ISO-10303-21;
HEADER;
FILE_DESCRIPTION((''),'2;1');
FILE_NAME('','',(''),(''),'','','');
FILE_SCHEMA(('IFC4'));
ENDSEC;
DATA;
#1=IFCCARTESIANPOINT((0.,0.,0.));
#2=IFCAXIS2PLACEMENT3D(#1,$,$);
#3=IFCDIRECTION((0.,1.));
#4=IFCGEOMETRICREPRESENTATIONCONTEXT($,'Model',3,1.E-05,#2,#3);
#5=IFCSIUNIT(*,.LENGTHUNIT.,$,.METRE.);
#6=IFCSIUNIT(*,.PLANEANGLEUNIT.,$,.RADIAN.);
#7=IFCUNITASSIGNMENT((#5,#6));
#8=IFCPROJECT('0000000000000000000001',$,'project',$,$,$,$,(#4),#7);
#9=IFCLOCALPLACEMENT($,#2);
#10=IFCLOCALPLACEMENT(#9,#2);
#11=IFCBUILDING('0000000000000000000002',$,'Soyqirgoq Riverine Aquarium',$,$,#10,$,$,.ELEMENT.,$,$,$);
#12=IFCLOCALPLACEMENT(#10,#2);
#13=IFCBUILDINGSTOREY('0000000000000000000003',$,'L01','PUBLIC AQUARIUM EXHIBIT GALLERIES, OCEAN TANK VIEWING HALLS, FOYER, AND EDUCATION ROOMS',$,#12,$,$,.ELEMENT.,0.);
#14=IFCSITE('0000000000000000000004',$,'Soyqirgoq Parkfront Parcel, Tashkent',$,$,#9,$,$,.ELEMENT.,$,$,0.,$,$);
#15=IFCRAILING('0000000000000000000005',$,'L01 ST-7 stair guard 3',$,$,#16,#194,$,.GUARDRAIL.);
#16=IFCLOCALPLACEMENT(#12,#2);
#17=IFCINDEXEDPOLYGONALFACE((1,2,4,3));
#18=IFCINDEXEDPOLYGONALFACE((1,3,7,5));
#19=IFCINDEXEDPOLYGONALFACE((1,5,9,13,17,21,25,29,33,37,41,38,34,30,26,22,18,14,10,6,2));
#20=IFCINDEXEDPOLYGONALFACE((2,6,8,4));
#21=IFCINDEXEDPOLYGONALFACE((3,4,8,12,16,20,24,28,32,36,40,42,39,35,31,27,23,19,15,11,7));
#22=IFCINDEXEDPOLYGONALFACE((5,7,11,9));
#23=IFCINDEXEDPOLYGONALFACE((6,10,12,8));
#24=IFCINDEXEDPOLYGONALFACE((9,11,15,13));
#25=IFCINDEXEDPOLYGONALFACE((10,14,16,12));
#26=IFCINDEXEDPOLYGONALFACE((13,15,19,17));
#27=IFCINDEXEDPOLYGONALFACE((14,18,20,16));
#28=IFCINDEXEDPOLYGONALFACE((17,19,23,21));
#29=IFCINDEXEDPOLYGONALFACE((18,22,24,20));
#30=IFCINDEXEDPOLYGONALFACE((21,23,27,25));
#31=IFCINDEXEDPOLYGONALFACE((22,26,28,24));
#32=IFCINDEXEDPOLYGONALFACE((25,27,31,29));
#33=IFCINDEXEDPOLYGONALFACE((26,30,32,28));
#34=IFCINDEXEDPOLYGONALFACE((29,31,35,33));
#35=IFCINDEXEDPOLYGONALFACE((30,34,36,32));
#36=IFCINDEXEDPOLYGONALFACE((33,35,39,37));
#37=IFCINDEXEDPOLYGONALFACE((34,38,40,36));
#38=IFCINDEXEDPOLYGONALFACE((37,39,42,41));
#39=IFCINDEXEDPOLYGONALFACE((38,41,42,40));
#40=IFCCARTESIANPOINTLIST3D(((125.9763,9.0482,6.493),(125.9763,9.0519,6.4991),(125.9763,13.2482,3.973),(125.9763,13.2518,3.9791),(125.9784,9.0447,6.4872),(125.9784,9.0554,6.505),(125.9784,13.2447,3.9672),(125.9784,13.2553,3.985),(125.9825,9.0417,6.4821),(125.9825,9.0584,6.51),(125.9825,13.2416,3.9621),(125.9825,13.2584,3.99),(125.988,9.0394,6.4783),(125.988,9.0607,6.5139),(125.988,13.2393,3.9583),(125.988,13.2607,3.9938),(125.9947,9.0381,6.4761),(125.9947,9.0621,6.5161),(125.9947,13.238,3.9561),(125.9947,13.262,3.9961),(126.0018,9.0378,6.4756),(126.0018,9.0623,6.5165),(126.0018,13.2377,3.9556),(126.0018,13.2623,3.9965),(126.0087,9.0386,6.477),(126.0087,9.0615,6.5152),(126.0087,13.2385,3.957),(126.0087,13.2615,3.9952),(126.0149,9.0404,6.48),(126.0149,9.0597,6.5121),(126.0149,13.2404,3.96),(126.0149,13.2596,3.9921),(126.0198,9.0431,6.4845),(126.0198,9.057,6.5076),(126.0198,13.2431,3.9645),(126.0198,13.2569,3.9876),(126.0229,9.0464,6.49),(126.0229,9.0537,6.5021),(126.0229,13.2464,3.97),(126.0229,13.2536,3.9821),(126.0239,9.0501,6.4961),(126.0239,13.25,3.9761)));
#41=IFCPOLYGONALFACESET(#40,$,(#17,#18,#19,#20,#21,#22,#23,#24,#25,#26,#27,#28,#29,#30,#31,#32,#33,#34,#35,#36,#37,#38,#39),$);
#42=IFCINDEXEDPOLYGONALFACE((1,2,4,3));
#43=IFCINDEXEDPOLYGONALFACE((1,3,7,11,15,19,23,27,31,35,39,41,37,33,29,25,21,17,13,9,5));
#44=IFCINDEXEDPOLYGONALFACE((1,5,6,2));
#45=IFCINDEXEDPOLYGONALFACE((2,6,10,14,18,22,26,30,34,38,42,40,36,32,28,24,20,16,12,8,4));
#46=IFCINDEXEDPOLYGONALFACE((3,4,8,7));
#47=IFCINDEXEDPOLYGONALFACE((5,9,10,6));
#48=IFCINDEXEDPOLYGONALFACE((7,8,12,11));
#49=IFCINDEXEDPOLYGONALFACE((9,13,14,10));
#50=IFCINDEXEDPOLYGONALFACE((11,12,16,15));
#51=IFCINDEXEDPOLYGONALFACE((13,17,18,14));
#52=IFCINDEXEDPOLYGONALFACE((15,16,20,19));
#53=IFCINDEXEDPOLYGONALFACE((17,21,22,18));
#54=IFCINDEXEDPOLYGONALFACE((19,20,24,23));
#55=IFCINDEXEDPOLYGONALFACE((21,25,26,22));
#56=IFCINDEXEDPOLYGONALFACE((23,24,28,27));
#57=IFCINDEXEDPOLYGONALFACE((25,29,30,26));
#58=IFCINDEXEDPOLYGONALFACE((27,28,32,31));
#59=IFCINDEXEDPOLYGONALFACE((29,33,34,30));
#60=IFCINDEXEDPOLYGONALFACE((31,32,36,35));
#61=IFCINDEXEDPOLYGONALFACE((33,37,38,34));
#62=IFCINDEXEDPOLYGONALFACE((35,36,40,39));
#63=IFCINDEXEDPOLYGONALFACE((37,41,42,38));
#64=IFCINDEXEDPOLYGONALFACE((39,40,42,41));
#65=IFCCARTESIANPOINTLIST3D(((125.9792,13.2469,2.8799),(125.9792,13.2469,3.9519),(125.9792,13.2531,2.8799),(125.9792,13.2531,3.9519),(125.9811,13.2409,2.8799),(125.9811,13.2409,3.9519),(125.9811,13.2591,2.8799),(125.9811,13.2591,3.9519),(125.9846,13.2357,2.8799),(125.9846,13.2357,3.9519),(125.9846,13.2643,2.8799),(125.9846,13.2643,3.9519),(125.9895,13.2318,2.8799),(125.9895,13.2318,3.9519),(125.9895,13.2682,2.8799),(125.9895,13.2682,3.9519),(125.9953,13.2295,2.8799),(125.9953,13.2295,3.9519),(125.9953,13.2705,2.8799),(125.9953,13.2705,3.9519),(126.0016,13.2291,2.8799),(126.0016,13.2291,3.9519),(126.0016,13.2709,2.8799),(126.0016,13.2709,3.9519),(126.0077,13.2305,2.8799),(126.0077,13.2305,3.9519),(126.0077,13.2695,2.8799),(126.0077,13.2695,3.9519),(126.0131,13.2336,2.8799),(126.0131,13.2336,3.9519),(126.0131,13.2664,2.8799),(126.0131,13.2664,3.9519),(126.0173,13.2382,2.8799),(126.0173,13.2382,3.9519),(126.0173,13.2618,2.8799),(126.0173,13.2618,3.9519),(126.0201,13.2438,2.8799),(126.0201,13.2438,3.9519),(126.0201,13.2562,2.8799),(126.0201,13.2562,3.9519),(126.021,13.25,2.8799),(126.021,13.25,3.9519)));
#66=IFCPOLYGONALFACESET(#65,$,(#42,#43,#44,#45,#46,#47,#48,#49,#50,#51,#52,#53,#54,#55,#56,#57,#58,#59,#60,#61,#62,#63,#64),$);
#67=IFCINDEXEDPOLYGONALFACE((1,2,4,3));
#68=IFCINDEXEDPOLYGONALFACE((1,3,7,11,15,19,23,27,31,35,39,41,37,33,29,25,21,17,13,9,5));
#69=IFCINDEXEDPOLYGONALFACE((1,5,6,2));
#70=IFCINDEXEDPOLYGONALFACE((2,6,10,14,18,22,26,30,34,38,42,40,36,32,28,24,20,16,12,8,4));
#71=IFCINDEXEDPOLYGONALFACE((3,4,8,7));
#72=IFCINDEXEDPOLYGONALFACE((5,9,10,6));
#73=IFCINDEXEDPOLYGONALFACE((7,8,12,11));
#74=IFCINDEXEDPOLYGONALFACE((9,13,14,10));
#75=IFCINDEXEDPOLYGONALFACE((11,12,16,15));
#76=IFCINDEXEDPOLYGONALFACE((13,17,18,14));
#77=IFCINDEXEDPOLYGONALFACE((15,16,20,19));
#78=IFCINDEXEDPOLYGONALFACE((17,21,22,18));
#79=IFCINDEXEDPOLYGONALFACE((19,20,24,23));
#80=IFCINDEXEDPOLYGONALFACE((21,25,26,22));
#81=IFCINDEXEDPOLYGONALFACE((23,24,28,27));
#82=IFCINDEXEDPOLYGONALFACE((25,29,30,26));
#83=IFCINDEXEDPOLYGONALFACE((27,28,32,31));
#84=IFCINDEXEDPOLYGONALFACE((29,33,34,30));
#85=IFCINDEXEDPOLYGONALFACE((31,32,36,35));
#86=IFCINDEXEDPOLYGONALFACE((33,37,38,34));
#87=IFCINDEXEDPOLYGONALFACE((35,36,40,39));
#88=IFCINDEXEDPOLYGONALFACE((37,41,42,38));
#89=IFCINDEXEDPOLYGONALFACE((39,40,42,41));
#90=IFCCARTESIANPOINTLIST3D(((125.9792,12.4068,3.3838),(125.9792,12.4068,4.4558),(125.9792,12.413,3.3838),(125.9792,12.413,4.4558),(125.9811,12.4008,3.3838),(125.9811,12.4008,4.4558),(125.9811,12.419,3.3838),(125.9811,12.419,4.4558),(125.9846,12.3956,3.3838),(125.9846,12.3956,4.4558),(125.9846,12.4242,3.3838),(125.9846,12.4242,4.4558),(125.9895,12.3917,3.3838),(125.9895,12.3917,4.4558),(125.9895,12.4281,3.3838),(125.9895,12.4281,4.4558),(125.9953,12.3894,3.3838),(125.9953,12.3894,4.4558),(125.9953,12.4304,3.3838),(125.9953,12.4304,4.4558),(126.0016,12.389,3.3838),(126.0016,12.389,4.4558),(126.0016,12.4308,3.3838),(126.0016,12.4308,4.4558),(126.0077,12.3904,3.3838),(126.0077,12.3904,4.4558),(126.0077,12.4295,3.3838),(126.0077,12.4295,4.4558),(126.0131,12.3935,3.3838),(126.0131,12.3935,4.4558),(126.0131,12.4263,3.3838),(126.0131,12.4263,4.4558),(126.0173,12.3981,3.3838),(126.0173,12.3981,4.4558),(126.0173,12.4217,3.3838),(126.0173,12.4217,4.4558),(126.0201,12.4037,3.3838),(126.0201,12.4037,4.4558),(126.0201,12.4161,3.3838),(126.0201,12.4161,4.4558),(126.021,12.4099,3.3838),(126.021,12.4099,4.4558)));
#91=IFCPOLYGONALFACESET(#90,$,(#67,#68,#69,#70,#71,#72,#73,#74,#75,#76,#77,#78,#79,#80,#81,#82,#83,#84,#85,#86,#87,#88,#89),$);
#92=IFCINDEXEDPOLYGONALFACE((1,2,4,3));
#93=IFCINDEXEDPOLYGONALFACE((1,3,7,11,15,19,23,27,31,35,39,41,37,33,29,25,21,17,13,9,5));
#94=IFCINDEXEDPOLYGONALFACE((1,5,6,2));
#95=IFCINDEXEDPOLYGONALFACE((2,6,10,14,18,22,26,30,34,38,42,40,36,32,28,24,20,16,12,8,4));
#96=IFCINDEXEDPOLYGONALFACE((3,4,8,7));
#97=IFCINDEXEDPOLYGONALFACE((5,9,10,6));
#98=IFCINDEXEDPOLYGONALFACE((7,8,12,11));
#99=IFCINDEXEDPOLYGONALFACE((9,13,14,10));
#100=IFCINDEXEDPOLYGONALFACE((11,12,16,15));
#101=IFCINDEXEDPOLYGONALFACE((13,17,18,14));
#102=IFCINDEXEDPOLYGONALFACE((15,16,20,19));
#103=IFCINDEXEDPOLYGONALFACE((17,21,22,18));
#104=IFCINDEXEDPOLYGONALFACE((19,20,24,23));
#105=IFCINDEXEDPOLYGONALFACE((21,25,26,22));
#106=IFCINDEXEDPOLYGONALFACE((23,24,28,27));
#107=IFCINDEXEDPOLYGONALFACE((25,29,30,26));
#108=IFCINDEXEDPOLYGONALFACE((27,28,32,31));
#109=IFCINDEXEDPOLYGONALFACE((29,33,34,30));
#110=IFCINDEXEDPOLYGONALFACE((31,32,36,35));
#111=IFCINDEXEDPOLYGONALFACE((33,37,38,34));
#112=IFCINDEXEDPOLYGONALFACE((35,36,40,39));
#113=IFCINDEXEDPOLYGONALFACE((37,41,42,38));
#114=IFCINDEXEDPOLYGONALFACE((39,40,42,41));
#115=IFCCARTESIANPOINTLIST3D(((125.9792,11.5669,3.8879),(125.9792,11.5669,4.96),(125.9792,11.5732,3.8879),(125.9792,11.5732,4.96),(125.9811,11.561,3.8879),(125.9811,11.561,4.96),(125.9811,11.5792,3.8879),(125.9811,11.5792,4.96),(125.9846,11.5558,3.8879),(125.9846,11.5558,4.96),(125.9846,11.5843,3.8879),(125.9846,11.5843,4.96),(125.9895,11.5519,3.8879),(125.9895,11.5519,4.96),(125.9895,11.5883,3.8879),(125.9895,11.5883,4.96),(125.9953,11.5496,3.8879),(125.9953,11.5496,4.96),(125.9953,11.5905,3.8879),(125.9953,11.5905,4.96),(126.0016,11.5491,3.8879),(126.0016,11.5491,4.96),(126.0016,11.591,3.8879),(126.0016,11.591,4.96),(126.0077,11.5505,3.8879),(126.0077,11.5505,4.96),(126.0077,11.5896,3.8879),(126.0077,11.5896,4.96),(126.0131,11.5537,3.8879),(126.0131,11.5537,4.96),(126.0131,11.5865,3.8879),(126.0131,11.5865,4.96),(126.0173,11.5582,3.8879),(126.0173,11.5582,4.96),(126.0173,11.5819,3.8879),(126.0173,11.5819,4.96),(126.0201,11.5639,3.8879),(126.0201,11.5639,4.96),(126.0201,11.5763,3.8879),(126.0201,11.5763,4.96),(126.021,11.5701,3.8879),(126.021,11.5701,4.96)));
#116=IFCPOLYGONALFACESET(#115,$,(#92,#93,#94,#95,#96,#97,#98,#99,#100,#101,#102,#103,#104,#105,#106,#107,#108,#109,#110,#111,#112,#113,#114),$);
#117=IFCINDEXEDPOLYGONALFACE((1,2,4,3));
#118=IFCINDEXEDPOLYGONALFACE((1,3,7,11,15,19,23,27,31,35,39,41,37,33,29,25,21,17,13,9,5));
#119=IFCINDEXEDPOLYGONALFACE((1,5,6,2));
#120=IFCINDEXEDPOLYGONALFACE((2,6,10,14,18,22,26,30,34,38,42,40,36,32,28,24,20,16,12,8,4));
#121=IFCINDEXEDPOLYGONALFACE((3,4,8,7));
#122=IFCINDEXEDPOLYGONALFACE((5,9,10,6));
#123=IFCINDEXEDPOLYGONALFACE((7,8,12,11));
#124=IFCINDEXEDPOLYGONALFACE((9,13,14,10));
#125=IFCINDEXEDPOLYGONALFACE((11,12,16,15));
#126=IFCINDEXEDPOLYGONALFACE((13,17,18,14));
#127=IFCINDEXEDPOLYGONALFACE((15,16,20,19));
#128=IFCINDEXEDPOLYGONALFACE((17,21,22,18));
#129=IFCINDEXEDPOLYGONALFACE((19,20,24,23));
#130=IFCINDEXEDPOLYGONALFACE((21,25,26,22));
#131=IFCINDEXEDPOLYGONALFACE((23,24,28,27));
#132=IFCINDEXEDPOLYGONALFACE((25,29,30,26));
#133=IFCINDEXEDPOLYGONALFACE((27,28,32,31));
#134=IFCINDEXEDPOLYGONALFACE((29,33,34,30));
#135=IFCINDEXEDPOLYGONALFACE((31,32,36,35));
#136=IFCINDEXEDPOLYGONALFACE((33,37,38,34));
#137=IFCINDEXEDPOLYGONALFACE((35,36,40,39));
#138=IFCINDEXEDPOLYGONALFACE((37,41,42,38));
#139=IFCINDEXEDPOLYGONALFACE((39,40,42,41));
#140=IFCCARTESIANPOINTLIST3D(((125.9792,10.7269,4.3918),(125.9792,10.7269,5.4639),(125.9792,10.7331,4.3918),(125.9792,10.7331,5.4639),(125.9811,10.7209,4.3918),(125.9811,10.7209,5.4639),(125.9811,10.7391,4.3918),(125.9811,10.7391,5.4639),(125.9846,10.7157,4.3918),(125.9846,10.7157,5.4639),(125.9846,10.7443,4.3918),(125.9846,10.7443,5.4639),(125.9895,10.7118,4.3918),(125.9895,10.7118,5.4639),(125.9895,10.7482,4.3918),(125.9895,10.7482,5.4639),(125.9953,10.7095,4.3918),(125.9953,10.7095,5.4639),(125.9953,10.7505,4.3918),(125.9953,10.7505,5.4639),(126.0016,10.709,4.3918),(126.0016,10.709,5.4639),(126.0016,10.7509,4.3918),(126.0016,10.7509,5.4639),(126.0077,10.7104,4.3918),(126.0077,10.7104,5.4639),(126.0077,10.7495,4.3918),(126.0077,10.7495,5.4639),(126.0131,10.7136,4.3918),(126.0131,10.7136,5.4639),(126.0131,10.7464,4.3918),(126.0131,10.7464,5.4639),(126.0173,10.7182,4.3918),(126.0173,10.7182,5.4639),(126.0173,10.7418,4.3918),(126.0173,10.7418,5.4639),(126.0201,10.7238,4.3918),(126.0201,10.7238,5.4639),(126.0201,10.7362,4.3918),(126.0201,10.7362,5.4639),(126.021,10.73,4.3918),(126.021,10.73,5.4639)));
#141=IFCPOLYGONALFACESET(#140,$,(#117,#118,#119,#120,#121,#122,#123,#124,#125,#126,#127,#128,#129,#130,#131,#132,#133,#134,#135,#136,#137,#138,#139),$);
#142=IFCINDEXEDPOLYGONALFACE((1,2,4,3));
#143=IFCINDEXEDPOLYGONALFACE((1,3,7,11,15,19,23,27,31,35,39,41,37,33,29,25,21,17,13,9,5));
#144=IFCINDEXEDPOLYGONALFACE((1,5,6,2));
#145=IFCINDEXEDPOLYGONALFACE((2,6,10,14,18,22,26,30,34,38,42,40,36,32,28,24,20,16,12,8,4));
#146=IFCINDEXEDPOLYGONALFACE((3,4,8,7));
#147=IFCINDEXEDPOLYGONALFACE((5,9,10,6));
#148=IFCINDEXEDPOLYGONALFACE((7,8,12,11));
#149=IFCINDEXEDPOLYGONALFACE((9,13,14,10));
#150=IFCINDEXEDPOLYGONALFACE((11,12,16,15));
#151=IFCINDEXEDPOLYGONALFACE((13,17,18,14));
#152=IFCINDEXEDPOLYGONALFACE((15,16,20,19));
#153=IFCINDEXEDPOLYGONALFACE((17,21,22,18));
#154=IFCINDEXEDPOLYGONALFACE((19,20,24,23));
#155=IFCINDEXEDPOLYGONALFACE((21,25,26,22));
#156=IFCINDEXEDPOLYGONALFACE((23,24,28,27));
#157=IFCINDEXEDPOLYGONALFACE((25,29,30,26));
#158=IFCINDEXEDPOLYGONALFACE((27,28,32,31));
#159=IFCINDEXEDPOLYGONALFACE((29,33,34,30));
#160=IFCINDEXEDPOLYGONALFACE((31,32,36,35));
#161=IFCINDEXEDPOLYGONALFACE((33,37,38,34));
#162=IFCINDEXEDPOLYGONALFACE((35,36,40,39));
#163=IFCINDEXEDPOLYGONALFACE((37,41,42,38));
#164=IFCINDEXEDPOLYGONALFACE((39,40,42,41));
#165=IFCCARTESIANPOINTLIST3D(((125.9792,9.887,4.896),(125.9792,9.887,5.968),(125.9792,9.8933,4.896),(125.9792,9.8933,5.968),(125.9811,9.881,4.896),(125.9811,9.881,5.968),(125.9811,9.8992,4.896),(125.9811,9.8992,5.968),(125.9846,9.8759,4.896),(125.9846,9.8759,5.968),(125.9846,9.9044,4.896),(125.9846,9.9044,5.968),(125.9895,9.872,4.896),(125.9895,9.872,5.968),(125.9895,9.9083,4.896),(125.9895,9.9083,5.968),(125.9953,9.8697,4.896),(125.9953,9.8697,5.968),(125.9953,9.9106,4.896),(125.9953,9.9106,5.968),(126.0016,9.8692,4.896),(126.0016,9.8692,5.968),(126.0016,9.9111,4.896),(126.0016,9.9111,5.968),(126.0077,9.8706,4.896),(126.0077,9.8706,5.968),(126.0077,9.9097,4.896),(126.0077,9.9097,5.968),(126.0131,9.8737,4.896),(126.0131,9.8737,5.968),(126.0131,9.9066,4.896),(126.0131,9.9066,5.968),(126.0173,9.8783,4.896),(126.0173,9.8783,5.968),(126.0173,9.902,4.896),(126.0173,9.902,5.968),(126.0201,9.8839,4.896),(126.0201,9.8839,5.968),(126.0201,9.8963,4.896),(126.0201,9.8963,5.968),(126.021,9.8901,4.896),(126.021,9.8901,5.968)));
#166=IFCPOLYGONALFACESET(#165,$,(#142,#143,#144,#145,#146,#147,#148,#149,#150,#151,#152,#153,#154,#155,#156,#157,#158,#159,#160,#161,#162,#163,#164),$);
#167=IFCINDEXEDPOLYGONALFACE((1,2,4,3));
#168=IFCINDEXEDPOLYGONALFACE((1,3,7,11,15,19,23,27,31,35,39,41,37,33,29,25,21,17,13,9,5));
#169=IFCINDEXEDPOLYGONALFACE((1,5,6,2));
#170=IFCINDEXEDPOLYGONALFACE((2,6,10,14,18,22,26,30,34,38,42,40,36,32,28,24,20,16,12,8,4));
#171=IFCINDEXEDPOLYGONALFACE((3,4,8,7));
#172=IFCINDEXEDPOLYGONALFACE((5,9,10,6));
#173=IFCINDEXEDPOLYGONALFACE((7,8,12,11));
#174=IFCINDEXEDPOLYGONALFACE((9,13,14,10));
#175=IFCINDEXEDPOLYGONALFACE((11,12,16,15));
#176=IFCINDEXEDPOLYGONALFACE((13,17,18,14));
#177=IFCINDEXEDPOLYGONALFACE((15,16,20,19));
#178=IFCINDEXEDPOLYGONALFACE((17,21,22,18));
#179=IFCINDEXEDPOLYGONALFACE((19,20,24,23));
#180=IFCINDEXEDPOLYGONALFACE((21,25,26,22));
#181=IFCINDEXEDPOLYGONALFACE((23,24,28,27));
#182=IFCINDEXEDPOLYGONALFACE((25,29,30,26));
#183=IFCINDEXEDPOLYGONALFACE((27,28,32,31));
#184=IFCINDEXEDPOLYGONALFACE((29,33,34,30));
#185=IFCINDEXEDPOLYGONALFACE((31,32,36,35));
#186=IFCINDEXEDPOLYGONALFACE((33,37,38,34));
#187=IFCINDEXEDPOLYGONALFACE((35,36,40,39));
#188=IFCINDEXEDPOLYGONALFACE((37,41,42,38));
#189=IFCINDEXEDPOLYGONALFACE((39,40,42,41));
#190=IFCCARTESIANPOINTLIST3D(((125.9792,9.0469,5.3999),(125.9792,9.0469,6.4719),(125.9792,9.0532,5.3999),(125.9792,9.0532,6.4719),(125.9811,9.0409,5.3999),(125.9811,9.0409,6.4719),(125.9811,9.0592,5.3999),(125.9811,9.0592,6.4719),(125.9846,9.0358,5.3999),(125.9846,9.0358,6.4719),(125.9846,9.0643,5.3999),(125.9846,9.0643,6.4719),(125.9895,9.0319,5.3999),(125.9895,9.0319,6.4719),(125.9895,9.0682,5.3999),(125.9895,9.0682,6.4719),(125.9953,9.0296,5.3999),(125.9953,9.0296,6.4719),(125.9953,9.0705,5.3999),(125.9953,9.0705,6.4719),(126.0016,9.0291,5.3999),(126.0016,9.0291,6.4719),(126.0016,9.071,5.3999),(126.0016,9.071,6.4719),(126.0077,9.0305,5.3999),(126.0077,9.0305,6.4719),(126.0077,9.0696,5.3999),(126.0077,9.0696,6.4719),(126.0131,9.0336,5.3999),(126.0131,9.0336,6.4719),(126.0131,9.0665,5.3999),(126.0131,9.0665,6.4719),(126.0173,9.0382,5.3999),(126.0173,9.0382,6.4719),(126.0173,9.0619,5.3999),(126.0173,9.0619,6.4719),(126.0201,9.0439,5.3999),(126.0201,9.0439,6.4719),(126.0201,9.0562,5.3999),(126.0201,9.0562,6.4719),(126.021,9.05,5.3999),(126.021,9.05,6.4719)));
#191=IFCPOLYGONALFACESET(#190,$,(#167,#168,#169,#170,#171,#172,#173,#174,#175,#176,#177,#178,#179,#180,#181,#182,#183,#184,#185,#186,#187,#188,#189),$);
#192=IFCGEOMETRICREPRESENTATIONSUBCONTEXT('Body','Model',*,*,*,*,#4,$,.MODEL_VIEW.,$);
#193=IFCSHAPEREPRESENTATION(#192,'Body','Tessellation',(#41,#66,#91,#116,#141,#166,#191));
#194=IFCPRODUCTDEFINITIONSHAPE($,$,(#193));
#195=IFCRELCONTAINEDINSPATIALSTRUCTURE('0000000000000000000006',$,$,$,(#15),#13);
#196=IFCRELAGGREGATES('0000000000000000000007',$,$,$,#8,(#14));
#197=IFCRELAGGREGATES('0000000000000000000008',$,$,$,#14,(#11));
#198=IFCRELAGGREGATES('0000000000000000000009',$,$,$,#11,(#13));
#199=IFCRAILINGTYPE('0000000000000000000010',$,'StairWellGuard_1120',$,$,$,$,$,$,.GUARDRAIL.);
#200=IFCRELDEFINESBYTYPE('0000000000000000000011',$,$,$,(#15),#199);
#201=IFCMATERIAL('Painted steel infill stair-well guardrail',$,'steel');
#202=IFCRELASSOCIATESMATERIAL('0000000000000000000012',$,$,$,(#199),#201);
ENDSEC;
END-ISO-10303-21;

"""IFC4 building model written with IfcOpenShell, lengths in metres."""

from ifc_helpers import new_model, si_unit, direction, frame, origin, origin_2d, place, context, subcontext, project, spatial, circle, extrude, material, type_object, element, save


model = new_model("IFC4")

# Units and contexts
model_context = context("Model", 3, precision=1e-05, world=origin(), true_north=direction((0.0, 1.0)))
body_context = subcontext(model_context, "Body", "Model", "MODEL_VIEW")
ifc_project = project(units=[si_unit("LENGTHUNIT", "METRE"), si_unit("PLANEANGLEUNIT", "RADIAN")], contexts=[model_context])

# Site, building, storey
site_placement = place(None, origin())
site = spatial("IfcSite", under=ifc_project, at=site_placement, Name="Soyqirgoq Parkfront Parcel, Tashkent", CompositionType="ELEMENT", RefElevation=0.0)
building_placement = place(site_placement, origin())
building = spatial("IfcBuilding", under=site, at=building_placement, Name="Soyqirgoq Riverine Aquarium", CompositionType="ELEMENT")
storey_placement = place(building_placement, origin())
storey = spatial("IfcBuildingStorey", under=building, at=storey_placement, Name="L01", Description="PUBLIC AQUARIUM EXHIBIT GALLERIES, OCEAN TANK VIEWING HALLS, FOYER, AND EDUCATION ROOMS", CompositionType="ELEMENT", Elevation=0.0)

# Railing
ifc_material_1 = material(Name="Painted steel infill stair-well guardrail", Category="steel")
railing_type_1 = type_object("IfcRailingType", Name="StairWellGuard_1120", PredefinedType="GUARDRAIL", material=ifc_material_1)
railing_1_placement = place(storey_placement, frame((126.0, 13.25, 2.8799)))
element("IfcRailing", 1, at=railing_1_placement, inside=storey, type_object=railing_type_1, Name="L01 ST-7 stair guard 3", PredefinedType="GUARDRAIL", context=body_context, shape_type="SweptSolid", body=[
    extrude(circle(Radius=0.0239, at=origin_2d()), frame((0.0, 0.0, 1.0962), z_axis=(0.0, -0.857489, 0.514503), x_axis=(1.0, 0.0, 0.0)), (0.0, 0.0, 1.0), 4.8979),
    extrude(circle(Radius=0.021, at=origin_2d()), origin(), (0.0, 0.0, 1.0), 1.072),
    extrude(circle(Radius=0.021, at=origin_2d()), frame((0.0, -0.8401, 0.5039)), (0.0, 0.0, 1.0), 1.072),
    extrude(circle(Radius=0.021, at=origin_2d()), frame((0.0, -1.6799, 1.0081)), (0.0, 0.0, 1.0), 1.072),
    extrude(circle(Radius=0.021, at=origin_2d()), frame((0.0, -2.52, 1.512)), (0.0, 0.0, 1.0), 1.072),
    extrude(circle(Radius=0.021, at=origin_2d()), frame((0.0, -3.3599, 2.0161)), (0.0, 0.0, 1.0), 1.072),
    extrude(circle(Radius=0.021, at=origin_2d()), frame((0.0, -4.2, 2.52)), (0.0, 0.0, 1.0), 1.072),
])

save(model, "model.ifc")
